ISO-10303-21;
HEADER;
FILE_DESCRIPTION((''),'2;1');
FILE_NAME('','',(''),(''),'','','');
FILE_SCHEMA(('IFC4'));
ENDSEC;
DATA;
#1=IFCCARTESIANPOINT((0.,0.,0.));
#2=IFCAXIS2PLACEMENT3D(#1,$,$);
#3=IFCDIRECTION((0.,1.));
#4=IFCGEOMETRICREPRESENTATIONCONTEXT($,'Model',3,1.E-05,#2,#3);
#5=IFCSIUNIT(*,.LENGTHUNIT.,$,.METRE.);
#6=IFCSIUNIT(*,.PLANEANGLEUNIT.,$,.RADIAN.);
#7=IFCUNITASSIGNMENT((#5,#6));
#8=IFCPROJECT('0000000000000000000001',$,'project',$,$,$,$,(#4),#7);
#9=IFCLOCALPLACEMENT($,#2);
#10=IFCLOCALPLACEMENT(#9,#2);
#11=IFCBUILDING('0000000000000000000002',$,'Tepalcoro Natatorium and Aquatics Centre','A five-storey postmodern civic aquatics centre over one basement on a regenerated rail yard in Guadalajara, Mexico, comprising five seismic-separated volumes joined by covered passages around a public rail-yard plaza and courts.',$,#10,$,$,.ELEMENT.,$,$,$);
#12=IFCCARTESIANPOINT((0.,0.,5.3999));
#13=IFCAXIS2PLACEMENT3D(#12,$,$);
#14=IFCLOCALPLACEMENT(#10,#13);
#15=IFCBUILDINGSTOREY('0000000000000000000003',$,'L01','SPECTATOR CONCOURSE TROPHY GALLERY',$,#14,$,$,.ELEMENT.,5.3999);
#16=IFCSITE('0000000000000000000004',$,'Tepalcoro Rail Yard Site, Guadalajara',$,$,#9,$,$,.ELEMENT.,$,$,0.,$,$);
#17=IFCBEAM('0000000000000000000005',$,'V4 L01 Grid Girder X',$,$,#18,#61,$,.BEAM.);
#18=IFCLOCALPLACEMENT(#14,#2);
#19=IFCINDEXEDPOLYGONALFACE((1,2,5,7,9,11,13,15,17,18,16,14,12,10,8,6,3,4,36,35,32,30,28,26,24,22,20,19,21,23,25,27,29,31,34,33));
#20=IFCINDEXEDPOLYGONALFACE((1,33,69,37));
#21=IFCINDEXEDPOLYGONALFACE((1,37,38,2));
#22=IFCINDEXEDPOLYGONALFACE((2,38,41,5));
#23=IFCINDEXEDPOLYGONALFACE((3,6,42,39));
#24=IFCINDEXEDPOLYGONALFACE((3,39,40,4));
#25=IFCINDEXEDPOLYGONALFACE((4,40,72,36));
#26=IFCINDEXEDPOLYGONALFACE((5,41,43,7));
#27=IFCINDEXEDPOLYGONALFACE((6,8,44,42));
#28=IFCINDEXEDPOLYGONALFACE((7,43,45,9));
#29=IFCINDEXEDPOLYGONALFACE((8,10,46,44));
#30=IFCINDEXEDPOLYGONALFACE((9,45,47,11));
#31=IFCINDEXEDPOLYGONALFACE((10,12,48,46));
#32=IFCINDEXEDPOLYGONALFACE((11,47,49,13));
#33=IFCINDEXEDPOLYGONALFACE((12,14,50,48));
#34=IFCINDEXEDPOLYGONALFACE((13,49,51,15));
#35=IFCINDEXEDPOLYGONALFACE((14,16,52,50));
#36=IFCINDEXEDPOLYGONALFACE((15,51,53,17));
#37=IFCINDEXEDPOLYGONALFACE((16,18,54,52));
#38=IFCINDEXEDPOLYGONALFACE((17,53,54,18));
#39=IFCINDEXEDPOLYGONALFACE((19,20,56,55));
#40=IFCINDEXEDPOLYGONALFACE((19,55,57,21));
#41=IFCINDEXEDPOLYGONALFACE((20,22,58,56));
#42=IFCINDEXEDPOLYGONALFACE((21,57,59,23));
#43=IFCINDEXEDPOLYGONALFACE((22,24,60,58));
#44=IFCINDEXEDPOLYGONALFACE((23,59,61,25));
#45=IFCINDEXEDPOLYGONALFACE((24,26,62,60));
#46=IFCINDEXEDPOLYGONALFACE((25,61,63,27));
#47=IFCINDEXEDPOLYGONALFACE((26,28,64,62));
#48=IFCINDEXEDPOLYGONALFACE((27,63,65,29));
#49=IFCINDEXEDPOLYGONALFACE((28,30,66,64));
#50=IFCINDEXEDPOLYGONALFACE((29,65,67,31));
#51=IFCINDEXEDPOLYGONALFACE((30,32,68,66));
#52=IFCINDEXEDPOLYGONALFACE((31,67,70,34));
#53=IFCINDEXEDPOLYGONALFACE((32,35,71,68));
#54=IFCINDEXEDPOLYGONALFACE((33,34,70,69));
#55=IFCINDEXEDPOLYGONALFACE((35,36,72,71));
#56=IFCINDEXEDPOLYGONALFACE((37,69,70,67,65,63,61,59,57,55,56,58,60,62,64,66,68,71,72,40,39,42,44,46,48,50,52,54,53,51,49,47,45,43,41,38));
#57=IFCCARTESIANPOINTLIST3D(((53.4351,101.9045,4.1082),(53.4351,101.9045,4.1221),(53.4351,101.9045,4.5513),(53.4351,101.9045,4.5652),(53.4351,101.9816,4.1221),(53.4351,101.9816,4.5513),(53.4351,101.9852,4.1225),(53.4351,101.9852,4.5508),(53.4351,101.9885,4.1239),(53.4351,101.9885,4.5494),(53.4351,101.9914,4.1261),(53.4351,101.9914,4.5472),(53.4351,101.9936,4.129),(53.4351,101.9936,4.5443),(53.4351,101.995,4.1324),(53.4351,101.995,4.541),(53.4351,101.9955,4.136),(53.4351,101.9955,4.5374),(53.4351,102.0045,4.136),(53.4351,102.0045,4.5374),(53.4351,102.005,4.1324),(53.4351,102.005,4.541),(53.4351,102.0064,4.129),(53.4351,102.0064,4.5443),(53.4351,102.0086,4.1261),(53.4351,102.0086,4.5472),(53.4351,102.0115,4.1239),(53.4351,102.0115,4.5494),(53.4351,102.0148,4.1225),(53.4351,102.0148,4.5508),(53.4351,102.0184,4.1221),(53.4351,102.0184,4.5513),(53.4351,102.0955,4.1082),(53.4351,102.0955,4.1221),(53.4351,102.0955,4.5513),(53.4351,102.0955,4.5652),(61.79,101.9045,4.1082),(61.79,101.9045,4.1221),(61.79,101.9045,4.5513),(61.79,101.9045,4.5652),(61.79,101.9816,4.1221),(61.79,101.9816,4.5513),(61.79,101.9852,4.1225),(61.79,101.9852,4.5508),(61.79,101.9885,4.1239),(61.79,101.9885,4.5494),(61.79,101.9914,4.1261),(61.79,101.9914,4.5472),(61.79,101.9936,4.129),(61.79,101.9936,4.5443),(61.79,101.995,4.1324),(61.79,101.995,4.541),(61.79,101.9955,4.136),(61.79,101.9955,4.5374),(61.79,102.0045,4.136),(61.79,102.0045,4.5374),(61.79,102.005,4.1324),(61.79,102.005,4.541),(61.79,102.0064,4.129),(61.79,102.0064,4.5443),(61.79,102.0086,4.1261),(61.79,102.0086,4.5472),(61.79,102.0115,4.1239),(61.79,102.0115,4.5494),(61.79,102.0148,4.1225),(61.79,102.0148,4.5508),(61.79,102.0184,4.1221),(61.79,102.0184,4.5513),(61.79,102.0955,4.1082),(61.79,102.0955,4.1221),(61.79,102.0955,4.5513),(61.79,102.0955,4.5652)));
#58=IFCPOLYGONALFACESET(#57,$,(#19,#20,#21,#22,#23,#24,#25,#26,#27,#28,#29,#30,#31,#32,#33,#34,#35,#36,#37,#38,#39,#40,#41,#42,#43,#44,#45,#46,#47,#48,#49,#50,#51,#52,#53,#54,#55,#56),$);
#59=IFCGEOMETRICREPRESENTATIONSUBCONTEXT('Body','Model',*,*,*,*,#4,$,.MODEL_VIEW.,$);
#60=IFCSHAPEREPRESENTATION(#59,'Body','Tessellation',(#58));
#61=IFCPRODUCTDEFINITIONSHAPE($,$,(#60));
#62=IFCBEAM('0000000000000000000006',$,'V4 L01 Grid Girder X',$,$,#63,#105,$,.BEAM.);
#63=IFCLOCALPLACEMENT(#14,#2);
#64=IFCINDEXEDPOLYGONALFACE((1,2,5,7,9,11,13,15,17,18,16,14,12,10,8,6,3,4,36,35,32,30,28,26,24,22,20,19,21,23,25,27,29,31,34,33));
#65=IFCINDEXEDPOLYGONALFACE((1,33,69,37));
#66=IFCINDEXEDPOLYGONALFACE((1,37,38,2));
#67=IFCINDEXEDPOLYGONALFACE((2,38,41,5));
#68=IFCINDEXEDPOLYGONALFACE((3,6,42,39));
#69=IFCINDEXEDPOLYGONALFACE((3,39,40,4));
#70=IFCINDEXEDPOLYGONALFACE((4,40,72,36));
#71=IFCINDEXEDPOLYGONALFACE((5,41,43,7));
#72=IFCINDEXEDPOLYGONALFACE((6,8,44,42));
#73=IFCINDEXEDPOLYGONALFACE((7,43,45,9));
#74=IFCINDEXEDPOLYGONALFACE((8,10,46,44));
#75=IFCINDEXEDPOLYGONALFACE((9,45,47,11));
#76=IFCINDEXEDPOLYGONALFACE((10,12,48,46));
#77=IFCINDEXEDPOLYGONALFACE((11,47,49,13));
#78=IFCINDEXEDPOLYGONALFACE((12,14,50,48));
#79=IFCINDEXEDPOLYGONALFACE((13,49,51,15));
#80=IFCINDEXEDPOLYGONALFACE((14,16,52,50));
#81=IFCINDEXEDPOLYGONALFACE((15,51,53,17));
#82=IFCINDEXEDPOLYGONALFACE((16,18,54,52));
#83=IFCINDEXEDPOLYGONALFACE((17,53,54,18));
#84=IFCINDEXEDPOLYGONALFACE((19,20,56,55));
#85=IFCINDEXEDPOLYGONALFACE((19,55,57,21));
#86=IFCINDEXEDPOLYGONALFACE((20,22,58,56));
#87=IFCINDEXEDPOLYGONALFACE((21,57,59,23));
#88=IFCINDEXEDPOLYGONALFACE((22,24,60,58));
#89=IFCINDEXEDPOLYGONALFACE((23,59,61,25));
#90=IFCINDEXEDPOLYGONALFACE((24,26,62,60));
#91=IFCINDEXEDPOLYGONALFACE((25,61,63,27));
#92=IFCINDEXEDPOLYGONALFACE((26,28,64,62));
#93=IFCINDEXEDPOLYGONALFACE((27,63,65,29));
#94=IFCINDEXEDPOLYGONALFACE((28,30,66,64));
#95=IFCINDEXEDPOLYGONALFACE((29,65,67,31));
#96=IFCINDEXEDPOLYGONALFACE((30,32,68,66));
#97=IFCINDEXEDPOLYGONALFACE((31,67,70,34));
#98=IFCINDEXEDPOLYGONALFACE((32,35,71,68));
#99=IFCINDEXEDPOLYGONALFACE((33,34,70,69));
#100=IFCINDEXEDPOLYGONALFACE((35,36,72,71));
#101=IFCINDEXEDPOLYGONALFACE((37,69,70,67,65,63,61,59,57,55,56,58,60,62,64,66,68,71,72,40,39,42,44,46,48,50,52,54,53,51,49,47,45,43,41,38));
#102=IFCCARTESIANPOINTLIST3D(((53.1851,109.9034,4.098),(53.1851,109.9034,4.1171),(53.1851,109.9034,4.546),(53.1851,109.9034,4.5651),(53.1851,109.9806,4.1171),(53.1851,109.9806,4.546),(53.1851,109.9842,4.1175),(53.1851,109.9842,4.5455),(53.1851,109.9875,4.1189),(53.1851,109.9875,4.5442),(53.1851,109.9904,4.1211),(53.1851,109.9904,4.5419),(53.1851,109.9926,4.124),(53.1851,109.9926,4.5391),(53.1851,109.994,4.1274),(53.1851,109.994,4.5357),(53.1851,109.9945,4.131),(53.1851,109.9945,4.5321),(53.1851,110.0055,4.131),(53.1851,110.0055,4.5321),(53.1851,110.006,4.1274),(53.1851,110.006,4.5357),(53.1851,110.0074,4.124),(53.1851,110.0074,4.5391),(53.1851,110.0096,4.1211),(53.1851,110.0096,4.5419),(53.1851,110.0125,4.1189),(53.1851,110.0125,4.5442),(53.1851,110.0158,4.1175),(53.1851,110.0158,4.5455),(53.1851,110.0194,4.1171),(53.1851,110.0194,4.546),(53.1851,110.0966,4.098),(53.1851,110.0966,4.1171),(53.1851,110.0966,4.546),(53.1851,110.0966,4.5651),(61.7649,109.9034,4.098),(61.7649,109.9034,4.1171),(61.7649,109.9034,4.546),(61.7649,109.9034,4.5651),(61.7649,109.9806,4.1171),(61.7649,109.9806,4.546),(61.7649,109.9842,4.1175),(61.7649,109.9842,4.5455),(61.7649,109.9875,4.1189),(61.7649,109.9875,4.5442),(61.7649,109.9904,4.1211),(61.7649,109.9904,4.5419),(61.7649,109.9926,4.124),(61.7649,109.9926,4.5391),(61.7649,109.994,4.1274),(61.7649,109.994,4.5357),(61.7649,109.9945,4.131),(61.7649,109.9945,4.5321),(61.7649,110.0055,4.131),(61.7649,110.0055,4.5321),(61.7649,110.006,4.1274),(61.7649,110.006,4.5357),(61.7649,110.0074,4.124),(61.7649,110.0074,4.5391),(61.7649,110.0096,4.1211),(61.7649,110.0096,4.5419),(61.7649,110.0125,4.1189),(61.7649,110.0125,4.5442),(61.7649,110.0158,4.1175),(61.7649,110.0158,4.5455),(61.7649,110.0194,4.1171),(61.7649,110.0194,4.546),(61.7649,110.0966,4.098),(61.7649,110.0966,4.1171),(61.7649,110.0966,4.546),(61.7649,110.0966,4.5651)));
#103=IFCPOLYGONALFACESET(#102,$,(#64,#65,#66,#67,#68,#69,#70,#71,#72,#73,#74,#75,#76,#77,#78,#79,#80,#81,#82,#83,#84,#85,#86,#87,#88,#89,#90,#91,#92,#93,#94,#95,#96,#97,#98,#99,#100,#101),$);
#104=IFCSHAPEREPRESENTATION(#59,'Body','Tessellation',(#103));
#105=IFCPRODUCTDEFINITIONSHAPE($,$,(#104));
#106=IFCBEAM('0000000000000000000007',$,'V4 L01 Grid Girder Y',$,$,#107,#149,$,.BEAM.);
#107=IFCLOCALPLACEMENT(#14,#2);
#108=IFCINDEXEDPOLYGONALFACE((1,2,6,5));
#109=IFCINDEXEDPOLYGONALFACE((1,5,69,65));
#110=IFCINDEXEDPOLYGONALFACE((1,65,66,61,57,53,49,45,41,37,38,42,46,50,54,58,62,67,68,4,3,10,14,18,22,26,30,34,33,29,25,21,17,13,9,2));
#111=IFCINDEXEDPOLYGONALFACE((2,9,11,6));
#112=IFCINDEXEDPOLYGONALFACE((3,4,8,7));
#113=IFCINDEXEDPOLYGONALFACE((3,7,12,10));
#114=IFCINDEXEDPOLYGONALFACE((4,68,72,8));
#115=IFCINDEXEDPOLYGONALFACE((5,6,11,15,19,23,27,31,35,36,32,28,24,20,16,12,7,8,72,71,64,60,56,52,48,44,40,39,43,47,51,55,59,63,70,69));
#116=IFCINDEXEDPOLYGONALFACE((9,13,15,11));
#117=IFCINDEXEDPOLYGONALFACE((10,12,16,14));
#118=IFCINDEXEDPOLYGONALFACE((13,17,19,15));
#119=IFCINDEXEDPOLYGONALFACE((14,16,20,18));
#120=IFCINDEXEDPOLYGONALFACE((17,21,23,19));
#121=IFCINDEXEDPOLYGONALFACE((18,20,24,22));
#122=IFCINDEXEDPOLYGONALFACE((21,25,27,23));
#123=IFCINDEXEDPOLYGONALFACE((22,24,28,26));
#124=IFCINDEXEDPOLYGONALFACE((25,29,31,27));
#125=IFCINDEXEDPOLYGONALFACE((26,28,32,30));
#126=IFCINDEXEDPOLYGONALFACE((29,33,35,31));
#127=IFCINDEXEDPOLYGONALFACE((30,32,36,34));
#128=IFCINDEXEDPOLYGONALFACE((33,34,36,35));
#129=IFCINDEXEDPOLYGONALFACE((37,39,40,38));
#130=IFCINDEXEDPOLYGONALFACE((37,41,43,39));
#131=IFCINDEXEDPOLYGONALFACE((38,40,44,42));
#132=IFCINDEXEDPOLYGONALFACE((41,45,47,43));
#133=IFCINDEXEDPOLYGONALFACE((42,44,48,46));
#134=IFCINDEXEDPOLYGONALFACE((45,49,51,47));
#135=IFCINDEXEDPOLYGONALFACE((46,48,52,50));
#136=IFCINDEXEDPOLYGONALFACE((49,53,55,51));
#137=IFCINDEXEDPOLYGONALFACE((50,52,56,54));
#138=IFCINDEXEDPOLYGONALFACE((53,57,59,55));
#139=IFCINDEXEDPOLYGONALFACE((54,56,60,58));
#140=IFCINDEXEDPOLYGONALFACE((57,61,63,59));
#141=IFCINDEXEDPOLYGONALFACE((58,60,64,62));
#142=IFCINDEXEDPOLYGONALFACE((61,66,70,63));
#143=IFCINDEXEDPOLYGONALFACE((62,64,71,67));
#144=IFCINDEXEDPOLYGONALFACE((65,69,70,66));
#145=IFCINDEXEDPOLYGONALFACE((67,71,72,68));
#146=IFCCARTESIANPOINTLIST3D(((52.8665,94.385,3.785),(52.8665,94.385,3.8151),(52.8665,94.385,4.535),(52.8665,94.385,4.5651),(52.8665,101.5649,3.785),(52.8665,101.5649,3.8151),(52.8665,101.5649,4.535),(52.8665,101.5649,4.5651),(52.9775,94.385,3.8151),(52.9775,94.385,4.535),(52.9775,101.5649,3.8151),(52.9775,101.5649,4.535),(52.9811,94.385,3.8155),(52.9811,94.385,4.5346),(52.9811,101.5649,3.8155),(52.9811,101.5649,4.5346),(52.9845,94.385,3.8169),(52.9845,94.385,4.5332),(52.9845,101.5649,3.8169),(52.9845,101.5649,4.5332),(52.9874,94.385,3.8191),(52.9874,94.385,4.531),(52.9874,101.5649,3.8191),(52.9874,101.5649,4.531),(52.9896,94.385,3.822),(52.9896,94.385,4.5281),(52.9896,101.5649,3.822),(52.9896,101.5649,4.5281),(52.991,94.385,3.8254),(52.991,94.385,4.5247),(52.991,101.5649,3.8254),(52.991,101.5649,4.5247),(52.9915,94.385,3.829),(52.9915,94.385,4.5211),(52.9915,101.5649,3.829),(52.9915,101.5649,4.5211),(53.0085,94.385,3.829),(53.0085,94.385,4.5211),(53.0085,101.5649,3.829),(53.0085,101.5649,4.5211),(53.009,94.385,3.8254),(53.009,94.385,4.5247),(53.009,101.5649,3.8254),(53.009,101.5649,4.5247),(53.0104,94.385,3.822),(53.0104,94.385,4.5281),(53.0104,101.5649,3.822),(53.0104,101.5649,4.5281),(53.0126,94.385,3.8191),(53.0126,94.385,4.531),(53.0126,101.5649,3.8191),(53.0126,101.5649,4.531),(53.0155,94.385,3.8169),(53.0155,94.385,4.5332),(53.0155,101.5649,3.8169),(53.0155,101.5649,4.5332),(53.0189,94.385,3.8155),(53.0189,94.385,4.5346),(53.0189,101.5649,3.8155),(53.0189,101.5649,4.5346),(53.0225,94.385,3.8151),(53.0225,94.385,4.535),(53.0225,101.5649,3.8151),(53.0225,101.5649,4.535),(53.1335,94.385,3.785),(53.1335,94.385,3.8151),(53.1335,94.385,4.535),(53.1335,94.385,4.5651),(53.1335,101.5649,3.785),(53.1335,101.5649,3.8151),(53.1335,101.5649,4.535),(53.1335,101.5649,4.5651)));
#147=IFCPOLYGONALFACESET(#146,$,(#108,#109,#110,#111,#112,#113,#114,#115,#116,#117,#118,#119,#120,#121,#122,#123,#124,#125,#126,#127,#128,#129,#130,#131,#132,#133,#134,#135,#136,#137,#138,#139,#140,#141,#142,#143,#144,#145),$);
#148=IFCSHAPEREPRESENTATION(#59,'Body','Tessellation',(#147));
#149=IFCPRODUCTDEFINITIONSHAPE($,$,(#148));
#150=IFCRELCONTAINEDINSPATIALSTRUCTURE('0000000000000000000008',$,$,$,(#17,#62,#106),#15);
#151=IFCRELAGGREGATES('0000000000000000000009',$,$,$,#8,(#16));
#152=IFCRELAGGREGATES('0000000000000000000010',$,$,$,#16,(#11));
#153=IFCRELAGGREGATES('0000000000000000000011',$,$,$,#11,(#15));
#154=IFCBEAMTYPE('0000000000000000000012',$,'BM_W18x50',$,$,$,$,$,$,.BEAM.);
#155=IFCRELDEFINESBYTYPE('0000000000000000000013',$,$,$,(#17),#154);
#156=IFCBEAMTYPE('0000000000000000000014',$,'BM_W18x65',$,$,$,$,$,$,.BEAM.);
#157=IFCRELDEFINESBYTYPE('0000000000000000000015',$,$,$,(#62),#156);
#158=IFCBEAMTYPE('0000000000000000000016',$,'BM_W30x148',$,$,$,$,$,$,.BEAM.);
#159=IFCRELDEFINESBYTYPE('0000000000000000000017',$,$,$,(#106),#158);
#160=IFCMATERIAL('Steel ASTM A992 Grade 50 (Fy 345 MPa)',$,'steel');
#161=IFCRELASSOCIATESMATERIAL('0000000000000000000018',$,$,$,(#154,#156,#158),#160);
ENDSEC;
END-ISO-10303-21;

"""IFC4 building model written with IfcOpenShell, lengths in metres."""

from ifc_helpers import new_model, si_unit, direction, frame, origin, origin_2d, place, context, subcontext, project, spatial, i_section, extrude, material, material_profile, profile_set, type_object, element, save


model = new_model("IFC4")

# Units and contexts
model_context = context("Model", 3, precision=1e-05, world=origin(), true_north=direction((0.0, 1.0)))
body_context = subcontext(model_context, "Body", "Model", "MODEL_VIEW")
ifc_project = project(units=[si_unit("LENGTHUNIT", "METRE"), si_unit("PLANEANGLEUNIT", "RADIAN")], contexts=[model_context])

# Site, building, storey
site_placement = place(None, origin())
site = spatial("IfcSite", under=ifc_project, at=site_placement, Name="Tepalcoro Rail Yard Site, Guadalajara", CompositionType="ELEMENT", RefElevation=0.0)
building_placement = place(site_placement, origin())
building = spatial("IfcBuilding", under=site, at=building_placement, Name="Tepalcoro Natatorium and Aquatics Centre", Description="A five-storey postmodern civic aquatics centre over one basement on a regenerated rail yard in Guadalajara, Mexico, comprising five seismic-separated volumes joined by covered passages around a public rail-yard plaza and courts.", CompositionType="ELEMENT")
storey_placement = place(building_placement, frame((0.0, 0.0, 5.3999)))
storey = spatial("IfcBuildingStorey", under=building, at=storey_placement, Name="L01", Description="SPECTATOR CONCOURSE TROPHY GALLERY", CompositionType="ELEMENT", Elevation=5.3999)

# Beams
ifc_material_1 = material(Name="Steel ASTM A992 Grade 50 (Fy 345 MPa)", Category="steel")
ifc_material_profile_1 = material_profile(ifc_material_1, i_section(OverallWidth=0.1909, OverallDepth=0.457, WebThickness=0.009, FlangeThickness=0.0139, FilletRadius=0.0139, at=origin_2d()), Name="W18X50")
ifc_profile_set_1 = profile_set([ifc_material_profile_1], Name="Steel ASTM A992 Grade 50 (Fy 345 MPa)")
beam_type_1 = type_object("IfcBeamType", Name="BM_W18x50", PredefinedType="BEAM", material=ifc_profile_set_1)
beam_1_placement = place(storey_placement, frame((53.4351, 102.0, 4.3367), z_axis=(1.0, 0.0, 0.0), x_axis=(0.0, 1.0, 0.0)))
element("IfcBeam", 1, at=beam_1_placement, inside=storey, type_object=beam_type_1, Name="V4 L01 Grid Girder X", PredefinedType="BEAM", context=body_context, shape_type="SweptSolid", body=[
    extrude(i_section(OverallWidth=0.1909, OverallDepth=0.457, WebThickness=0.009, FlangeThickness=0.0139, FilletRadius=0.0139, at=origin_2d()), origin(), (0.0, 0.0, 1.0), 8.355),
])
ifc_material_profile_2 = material_profile(ifc_material_1, i_section(OverallWidth=0.1931, OverallDepth=0.467, WebThickness=0.011, FlangeThickness=0.019, FilletRadius=0.0139, at=origin_2d()), Name="W18X65")
ifc_profile_set_2 = profile_set([ifc_material_profile_2], Name="Steel ASTM A992 Grade 50 (Fy 345 MPa)")
beam_type_2 = type_object("IfcBeamType", Name="BM_W18x65", PredefinedType="BEAM", material=ifc_profile_set_2)
beam_2_placement = place(storey_placement, frame((53.1851, 110.0, 4.3315), z_axis=(1.0, 0.0, 0.0), x_axis=(0.0, 1.0, 0.0)))
element("IfcBeam", 2, at=beam_2_placement, inside=storey, type_object=beam_type_2, Name="V4 L01 Grid Girder X", PredefinedType="BEAM", context=body_context, shape_type="SweptSolid", body=[
    extrude(i_section(OverallWidth=0.1931, OverallDepth=0.467, WebThickness=0.011, FlangeThickness=0.019, FilletRadius=0.0139, at=origin_2d()), origin(), (0.0, 0.0, 1.0), 8.5798),
])
ifc_material_profile_3 = material_profile(ifc_material_1, i_section(OverallWidth=0.2671, OverallDepth=0.78, WebThickness=0.0171, FlangeThickness=0.03, FilletRadius=0.0139, at=origin_2d()), Name="W30X148")
ifc_profile_set_3 = profile_set([ifc_material_profile_3], Name="Steel ASTM A992 Grade 50 (Fy 345 MPa)")
beam_type_3 = type_object("IfcBeamType", Name="BM_W30x148", PredefinedType="BEAM", material=ifc_profile_set_3)
beam_3_placement = place(storey_placement, frame((53.0, 94.385, 4.175), z_axis=(0.0, 1.0, 0.0), x_axis=(-1.0, 0.0, 0.0)))
element("IfcBeam", 3, at=beam_3_placement, inside=storey, type_object=beam_type_3, Name="V4 L01 Grid Girder Y", PredefinedType="BEAM", context=body_context, shape_type="SweptSolid", body=[
    extrude(i_section(OverallWidth=0.2671, OverallDepth=0.78, WebThickness=0.0171, FlangeThickness=0.03, FilletRadius=0.0139, at=origin_2d()), origin(), (0.0, 0.0, 1.0), 7.1799),
])

save(model, "model.ifc")
